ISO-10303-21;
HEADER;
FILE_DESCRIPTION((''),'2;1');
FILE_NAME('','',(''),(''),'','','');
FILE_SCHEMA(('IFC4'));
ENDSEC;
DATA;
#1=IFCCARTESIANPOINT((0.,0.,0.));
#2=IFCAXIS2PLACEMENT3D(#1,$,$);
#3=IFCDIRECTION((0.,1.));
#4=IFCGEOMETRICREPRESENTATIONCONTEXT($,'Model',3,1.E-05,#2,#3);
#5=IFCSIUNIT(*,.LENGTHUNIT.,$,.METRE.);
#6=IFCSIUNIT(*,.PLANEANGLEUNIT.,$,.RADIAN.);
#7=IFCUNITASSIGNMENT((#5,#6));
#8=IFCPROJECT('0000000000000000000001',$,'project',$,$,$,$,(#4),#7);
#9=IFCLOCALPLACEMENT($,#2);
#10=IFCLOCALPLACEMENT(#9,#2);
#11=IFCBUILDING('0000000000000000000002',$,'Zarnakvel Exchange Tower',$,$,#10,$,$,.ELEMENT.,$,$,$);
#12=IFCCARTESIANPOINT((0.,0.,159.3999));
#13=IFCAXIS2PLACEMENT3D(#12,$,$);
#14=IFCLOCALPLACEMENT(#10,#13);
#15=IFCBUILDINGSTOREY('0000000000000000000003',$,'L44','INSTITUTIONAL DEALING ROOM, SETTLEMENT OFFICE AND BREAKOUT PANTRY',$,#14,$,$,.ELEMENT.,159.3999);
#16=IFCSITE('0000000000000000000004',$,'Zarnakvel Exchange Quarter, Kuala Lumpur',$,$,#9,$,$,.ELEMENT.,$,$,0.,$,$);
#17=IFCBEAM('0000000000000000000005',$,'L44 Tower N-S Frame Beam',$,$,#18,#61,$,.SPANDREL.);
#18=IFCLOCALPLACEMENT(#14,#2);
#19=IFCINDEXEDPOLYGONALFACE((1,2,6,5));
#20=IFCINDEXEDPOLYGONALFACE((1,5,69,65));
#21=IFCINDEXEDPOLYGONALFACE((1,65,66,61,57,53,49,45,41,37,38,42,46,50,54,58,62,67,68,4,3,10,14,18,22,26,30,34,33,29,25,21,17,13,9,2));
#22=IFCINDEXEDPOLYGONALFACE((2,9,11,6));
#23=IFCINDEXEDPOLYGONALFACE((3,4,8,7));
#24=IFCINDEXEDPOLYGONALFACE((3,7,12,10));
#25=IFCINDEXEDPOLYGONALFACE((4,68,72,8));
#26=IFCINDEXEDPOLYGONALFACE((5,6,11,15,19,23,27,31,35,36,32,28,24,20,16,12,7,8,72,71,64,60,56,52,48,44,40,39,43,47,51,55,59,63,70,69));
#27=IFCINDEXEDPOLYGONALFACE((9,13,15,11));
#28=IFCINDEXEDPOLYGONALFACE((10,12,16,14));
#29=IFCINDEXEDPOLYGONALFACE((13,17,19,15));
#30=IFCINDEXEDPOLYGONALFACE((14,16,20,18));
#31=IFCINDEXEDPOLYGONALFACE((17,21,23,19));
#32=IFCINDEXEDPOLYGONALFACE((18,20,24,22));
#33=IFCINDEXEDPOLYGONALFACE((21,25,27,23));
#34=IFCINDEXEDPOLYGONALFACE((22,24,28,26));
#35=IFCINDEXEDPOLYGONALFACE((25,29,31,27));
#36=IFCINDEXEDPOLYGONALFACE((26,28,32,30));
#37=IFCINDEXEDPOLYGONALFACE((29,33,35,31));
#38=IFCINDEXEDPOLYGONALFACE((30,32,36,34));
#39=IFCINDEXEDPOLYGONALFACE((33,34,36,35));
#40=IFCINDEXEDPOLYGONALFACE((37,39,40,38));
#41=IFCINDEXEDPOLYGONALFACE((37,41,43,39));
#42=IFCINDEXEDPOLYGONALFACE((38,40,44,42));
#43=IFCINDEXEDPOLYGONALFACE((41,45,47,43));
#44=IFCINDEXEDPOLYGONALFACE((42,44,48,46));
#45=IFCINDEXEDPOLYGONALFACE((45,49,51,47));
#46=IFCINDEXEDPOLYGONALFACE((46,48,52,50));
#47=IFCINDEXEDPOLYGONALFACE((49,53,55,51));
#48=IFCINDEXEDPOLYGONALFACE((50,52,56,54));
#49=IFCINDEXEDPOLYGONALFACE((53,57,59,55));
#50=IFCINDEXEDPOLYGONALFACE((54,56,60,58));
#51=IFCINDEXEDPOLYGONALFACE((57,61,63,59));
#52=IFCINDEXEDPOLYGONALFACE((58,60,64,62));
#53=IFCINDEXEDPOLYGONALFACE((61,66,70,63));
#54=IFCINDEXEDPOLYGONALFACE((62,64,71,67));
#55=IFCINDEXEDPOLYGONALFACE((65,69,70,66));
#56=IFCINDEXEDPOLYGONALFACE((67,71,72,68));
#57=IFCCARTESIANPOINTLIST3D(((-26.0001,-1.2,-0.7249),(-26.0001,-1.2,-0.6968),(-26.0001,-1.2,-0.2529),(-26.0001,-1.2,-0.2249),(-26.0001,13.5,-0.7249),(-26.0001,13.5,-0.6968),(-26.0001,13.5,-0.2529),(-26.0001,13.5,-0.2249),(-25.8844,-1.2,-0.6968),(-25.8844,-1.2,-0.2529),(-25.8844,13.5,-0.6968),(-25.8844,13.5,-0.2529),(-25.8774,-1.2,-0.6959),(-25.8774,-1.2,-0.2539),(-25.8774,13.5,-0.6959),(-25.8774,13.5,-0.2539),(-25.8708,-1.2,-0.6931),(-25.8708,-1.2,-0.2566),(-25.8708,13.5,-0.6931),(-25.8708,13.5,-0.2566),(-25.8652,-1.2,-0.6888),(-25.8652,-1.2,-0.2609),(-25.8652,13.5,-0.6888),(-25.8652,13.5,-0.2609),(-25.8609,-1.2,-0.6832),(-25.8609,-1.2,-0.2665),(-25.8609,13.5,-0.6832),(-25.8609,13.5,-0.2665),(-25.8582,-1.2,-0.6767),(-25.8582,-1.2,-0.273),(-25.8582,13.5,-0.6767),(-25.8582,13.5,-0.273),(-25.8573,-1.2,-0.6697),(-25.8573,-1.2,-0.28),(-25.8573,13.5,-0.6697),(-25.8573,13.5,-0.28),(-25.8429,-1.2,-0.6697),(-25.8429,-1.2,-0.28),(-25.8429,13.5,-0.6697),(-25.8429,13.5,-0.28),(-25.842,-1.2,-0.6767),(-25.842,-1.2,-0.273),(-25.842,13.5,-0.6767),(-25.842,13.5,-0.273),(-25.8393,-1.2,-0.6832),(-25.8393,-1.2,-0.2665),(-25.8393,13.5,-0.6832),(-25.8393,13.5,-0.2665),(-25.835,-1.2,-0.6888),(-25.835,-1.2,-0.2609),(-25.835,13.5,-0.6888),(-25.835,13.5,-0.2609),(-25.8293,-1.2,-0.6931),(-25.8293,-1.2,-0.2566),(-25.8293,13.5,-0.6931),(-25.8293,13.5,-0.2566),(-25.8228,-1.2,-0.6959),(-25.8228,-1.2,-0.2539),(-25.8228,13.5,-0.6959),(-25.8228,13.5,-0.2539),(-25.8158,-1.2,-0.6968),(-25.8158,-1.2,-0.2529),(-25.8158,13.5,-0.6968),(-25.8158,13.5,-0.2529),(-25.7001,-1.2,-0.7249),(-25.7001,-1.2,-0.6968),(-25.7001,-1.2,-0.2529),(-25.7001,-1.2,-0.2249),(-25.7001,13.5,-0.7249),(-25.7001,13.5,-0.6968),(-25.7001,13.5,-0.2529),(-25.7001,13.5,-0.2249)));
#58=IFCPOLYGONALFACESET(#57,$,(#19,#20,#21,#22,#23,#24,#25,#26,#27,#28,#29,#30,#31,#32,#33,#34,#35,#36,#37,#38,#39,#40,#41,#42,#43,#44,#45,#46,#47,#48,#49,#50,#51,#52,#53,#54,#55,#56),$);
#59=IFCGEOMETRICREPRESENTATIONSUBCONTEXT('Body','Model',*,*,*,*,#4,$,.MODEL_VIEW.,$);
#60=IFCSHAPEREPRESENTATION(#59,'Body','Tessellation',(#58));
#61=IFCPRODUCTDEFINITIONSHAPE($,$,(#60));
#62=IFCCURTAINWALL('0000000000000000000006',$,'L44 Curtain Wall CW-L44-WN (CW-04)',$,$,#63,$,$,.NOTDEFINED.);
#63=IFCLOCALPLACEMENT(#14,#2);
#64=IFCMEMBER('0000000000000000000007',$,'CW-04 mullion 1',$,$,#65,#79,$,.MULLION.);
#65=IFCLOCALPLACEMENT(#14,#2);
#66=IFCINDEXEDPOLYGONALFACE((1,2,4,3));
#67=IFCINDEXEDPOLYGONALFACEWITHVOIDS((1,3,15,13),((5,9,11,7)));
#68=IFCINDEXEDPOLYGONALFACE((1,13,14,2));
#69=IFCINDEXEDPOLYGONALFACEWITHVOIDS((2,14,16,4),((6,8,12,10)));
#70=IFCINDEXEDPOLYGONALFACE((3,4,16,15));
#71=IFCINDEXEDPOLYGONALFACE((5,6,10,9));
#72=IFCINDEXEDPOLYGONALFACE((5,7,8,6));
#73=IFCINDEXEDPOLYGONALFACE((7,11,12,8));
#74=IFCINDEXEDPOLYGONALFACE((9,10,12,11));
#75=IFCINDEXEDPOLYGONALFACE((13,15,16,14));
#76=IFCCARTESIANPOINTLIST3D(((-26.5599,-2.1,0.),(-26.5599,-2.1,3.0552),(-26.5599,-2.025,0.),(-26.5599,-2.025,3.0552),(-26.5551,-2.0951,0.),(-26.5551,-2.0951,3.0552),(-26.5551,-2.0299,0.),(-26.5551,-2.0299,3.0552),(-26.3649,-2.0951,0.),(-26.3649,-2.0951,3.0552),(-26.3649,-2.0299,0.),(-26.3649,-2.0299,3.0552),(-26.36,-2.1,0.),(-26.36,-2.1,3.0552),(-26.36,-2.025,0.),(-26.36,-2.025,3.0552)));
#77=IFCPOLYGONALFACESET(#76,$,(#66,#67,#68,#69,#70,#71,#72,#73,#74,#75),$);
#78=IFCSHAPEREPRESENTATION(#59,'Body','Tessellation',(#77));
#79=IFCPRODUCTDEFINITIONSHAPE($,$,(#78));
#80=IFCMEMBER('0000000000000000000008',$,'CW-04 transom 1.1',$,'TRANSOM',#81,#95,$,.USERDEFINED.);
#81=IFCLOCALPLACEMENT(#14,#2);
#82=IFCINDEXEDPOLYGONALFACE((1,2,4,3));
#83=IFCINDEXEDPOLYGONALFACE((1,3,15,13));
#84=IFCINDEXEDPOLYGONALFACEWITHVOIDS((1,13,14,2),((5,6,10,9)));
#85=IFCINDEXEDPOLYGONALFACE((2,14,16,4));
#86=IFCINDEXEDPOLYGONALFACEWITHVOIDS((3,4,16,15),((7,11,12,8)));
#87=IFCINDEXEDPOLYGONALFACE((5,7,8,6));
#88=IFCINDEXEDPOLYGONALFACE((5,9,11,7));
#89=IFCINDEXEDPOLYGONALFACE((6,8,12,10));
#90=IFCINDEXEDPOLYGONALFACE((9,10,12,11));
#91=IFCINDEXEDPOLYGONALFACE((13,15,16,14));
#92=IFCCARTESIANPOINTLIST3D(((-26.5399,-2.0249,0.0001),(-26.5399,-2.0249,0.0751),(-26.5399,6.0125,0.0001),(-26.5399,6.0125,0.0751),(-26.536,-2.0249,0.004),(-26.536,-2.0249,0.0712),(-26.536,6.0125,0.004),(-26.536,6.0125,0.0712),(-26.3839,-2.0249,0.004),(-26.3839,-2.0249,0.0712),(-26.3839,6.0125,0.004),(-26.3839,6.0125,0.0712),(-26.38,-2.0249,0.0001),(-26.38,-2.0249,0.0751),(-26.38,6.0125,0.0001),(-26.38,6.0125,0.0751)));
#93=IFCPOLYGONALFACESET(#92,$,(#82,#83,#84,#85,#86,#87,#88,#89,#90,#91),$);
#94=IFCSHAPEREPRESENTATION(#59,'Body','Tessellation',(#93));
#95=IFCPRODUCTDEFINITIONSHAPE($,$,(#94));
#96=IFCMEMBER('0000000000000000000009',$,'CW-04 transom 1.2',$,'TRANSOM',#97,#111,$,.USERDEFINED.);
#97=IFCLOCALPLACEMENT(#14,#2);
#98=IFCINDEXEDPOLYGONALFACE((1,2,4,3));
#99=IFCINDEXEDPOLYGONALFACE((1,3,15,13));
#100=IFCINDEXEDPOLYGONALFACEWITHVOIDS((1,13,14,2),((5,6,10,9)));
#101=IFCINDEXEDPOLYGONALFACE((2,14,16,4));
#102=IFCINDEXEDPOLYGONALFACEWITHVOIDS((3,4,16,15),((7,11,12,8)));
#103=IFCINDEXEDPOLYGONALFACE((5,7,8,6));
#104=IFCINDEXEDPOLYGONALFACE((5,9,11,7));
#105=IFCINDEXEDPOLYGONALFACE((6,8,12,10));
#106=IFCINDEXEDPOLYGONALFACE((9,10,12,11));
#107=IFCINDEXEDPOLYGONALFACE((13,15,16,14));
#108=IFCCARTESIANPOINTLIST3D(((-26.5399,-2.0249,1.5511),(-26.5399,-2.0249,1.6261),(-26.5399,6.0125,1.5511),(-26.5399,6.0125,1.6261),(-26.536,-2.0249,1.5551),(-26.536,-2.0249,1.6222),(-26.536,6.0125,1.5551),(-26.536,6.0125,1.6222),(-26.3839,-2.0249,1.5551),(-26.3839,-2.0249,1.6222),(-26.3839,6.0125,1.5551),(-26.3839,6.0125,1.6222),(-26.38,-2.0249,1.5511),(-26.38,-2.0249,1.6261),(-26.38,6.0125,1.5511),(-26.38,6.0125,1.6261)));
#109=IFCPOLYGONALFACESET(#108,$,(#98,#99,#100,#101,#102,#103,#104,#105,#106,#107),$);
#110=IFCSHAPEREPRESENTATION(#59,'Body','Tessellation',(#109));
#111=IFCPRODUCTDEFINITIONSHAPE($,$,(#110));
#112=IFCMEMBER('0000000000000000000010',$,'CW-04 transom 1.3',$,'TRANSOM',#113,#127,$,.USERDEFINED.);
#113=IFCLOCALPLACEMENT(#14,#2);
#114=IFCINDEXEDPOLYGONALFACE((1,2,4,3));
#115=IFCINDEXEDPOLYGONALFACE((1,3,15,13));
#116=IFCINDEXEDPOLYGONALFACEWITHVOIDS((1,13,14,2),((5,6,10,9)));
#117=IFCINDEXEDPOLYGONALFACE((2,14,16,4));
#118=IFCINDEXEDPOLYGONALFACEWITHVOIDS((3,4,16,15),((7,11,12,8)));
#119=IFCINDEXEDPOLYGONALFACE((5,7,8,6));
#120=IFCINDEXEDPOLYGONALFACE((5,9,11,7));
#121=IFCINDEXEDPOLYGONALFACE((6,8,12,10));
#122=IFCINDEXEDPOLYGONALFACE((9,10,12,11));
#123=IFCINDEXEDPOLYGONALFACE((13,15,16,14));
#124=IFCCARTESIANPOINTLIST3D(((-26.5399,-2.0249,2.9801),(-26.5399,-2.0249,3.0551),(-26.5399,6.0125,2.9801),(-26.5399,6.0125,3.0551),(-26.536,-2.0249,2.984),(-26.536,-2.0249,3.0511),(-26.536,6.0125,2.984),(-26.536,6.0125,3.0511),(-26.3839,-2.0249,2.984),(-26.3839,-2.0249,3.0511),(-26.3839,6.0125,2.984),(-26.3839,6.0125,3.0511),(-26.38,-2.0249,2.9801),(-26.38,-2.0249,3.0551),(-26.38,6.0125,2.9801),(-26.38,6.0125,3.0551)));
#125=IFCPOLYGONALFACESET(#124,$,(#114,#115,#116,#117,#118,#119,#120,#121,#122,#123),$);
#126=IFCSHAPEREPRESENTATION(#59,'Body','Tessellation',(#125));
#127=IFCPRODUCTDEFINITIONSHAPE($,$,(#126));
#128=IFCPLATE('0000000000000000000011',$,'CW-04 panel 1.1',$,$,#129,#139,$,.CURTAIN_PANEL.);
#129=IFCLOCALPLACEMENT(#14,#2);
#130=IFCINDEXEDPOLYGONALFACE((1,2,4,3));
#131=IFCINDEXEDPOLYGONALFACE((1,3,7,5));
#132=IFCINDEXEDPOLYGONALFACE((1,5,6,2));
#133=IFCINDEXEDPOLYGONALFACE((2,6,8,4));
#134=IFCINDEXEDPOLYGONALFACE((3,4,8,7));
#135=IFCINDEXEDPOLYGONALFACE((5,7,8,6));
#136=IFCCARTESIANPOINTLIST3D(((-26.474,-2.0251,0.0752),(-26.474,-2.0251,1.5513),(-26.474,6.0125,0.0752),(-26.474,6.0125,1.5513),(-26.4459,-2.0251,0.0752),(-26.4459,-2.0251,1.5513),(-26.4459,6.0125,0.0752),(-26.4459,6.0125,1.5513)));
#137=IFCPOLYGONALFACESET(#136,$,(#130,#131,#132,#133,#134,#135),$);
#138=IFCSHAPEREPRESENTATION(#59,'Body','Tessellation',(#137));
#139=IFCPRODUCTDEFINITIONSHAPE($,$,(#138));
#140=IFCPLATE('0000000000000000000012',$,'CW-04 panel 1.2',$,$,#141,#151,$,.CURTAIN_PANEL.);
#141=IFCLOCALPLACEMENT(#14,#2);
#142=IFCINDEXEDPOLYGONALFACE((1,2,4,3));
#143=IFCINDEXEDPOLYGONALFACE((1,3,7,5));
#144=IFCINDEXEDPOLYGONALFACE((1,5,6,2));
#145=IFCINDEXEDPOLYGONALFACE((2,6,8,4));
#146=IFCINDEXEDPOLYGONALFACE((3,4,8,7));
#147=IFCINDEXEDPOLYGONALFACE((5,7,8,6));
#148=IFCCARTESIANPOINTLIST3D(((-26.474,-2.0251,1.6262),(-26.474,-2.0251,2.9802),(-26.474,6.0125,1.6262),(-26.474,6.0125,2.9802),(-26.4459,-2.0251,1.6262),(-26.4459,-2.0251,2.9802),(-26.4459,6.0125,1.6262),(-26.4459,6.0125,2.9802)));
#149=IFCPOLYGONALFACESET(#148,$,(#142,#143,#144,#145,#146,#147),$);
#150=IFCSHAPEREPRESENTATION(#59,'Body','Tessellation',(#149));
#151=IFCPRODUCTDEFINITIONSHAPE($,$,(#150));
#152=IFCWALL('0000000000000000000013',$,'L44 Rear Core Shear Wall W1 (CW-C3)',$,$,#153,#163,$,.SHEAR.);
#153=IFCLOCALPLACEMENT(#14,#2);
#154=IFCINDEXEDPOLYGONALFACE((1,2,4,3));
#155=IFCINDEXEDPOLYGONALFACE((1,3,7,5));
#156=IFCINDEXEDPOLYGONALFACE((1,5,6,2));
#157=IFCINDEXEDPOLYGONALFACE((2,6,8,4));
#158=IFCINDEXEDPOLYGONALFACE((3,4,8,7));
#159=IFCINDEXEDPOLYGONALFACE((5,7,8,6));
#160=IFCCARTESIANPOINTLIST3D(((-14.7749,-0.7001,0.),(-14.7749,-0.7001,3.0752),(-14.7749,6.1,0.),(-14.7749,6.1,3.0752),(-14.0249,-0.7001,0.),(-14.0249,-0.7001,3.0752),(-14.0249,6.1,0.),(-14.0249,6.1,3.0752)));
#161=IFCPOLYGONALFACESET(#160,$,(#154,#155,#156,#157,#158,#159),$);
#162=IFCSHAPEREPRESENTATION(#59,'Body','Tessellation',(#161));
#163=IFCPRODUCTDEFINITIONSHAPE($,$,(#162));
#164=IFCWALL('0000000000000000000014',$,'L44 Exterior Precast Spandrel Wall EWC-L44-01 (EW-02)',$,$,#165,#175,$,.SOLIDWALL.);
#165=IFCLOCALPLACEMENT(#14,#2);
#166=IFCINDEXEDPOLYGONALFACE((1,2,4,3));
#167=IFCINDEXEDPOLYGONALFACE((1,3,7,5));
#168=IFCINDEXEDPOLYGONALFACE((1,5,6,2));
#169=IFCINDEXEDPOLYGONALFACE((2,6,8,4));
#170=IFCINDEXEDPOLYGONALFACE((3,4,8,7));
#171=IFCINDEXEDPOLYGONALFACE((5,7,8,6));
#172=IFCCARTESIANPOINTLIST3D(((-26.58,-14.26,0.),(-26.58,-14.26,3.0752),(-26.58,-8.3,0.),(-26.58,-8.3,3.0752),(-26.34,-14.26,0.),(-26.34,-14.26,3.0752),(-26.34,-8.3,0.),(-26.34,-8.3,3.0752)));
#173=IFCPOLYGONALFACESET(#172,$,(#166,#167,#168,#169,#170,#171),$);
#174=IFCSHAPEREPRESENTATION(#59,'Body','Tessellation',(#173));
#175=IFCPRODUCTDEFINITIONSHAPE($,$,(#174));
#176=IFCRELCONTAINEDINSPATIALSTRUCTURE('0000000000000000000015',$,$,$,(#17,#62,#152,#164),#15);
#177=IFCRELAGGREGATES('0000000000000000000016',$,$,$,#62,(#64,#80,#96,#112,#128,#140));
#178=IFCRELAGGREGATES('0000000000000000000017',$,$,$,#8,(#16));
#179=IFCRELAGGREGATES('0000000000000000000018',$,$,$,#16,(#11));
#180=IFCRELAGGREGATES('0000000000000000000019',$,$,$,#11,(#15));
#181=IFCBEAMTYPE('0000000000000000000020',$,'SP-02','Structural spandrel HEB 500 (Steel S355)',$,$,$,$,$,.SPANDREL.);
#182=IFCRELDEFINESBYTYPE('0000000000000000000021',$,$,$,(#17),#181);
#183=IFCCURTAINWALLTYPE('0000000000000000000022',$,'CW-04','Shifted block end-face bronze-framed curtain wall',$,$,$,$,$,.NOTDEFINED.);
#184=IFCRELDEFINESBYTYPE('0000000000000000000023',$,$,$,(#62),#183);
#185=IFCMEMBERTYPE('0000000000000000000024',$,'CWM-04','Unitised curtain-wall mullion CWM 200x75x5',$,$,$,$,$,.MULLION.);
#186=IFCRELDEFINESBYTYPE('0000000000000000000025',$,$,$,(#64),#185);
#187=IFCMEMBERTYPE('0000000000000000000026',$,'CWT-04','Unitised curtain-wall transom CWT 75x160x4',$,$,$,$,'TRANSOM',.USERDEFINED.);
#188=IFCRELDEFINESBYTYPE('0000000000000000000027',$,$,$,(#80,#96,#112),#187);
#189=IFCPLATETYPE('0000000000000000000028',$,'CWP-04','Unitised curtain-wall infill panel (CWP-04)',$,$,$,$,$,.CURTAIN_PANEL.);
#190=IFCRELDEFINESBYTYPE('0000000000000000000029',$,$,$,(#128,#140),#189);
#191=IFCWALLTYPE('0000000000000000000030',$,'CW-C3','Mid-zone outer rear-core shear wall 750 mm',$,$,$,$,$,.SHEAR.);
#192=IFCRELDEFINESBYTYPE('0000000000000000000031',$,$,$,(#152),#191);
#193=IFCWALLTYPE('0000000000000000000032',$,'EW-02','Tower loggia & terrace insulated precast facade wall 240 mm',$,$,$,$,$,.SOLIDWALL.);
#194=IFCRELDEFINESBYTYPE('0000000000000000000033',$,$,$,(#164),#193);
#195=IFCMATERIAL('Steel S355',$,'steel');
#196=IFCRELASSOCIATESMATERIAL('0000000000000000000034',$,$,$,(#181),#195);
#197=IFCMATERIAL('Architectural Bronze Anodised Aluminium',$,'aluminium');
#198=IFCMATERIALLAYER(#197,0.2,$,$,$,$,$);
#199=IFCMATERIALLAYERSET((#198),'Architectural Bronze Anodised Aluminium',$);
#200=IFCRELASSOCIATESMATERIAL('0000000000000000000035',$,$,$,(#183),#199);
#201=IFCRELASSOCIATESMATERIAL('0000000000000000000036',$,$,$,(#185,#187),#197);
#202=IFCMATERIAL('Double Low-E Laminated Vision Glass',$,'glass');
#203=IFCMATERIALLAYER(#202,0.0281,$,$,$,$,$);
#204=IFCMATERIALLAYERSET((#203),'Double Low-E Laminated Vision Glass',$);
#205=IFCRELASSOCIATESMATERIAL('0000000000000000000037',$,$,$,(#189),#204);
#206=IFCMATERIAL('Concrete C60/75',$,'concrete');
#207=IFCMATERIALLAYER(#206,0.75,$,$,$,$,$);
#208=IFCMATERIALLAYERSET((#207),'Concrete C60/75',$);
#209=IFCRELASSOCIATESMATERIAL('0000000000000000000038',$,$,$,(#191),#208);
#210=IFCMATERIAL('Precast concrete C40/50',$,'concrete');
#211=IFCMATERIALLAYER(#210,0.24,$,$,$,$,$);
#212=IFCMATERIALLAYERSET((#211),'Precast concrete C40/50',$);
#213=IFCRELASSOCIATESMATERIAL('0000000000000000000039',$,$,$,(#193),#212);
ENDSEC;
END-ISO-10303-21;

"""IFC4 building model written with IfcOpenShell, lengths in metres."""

from ifc_helpers import new_model, si_unit, direction, frame, frame_2d, origin, origin_2d, place, context, subcontext, project, spatial, rectangle, hollow_rectangle, i_section, extrude, source, transform, mapped, material, layer, layer_set, material_profile, profile_set, type_object, element, aggregate, save


model = new_model("IFC4")

# Units and contexts
model_context = context("Model", 3, precision=1e-05, world=origin(), true_north=direction((0.0, 1.0)))
body_context = subcontext(model_context, "Body", "Model", "MODEL_VIEW")
ifc_project = project(units=[si_unit("LENGTHUNIT", "METRE"), si_unit("PLANEANGLEUNIT", "RADIAN")], contexts=[model_context])

# Site, building, storey
site_placement = place(None, origin())
site = spatial("IfcSite", under=ifc_project, at=site_placement, Name="Zarnakvel Exchange Quarter, Kuala Lumpur", CompositionType="ELEMENT", RefElevation=0.0)
building_placement = place(site_placement, origin())
building = spatial("IfcBuilding", under=site, at=building_placement, Name="Zarnakvel Exchange Tower", CompositionType="ELEMENT")
storey_placement = place(building_placement, frame((0.0, 0.0, 159.3999)))
storey = spatial("IfcBuildingStorey", under=building, at=storey_placement, Name="L44", Description="INSTITUTIONAL DEALING ROOM, SETTLEMENT OFFICE AND BREAKOUT PANTRY", CompositionType="ELEMENT", Elevation=159.3999)

# Shared definitions
ifc_material_1 = material(Name="Concrete C60/75", Category="concrete")
ifc_material_2 = material(Name="Steel S355", Category="steel")

# Beam
ifc_material_profile_1 = material_profile(ifc_material_2, i_section(OverallWidth=0.3, OverallDepth=0.5, WebThickness=0.0144, FlangeThickness=0.0281, FilletRadius=0.0271, at=origin_2d()))
ifc_profile_set_1 = profile_set([ifc_material_profile_1], Name="Steel S355")
beam_type_1 = type_object("IfcBeamType", Name="SP-02", Description="Structural spandrel HEB 500 (Steel S355)", PredefinedType="SPANDREL", material=ifc_profile_set_1)
beam_1_placement = place(storey_placement, frame((-25.8501, -1.2, -0.4749), z_axis=(0.0, 1.0, 0.0), x_axis=(-1.0, 0.0, 0.0)))
element("IfcBeam", 1, at=beam_1_placement, inside=storey, type_object=beam_type_1, Name="L44 Tower N-S Frame Beam", PredefinedType="SPANDREL", context=body_context, shape_type="SweptSolid", body=[
    extrude(i_section(OverallWidth=0.3, OverallDepth=0.5, WebThickness=0.0144, FlangeThickness=0.0281, FilletRadius=0.0271, at=origin_2d()), origin(), (0.0, 0.0, 1.0), 14.7),
])

# Curtain wall, members, plates
ifc_material_3 = material(Name="Architectural Bronze Anodised Aluminium", Category="aluminium")
ifc_layer_1 = layer(ifc_material_3, 0.2)
ifc_layer_set_1 = layer_set([ifc_layer_1], Name="Architectural Bronze Anodised Aluminium")
curtain_wall_type = type_object("IfcCurtainWallType", Name="CW-04", Description="Shifted block end-face bronze-framed curtain wall", PredefinedType="NOTDEFINED", material=ifc_layer_set_1)
curtain_wall_placement = place(storey_placement, origin())
curtain_wall = element("IfcCurtainWall", 2, at=curtain_wall_placement, inside=storey, type_object=curtain_wall_type, Name="L44 Curtain Wall CW-L44-WN (CW-04)", PredefinedType="NOTDEFINED")
ifc_material_profile_2 = material_profile(ifc_material_3, hollow_rectangle(XDim=0.2, YDim=0.075, WallThickness=0.0049, at=origin_2d()))
ifc_profile_set_2 = profile_set([ifc_material_profile_2], Name="Architectural Bronze Anodised Aluminium")
member_type_1 = type_object("IfcMemberType", Name="CWM-04", Description="Unitised curtain-wall mullion CWM 200x75x5", PredefinedType="MULLION", material=ifc_profile_set_2)
shared_shape_1 = source(origin(), body_context, "Body", "SweptSolid", [
    extrude(hollow_rectangle(XDim=0.2, YDim=0.075, WallThickness=0.0049, at=origin_2d()), origin(), (0.0, 0.0, 1.0), 3.0552),
])
member_1_placement = place(storey_placement, frame((-26.46, -2.0625, 0.0), z_axis=(0.0, 0.0, 1.0), x_axis=(-1.0, 0.0, 0.0)))
member_1 = element("IfcMember", 3, at=member_1_placement, type_object=member_type_1, Name="CW-04 mullion 1", PredefinedType="MULLION", context=body_context, shape_type="MappedRepresentation", body=[
    mapped(shared_shape_1, transform((0.0, 0.0, 0.0), x_axis=(1.0, 0.0, 0.0), y_axis=(0.0, 1.0, 0.0), z_axis=(0.0, 0.0, 1.0), scale=1.0)),
])
ifc_material_profile_3 = material_profile(ifc_material_3, hollow_rectangle(XDim=0.1599, YDim=0.075, WallThickness=0.0039, at=origin_2d()))
ifc_profile_set_3 = profile_set([ifc_material_profile_3], Name="Architectural Bronze Anodised Aluminium")
member_type_2 = type_object("IfcMemberType", Name="CWT-04", Description="Unitised curtain-wall transom CWT 75x160x4", ElementType="TRANSOM", PredefinedType="USERDEFINED", material=ifc_profile_set_3)
shared_shape_2 = source(origin(), body_context, "Body", "SweptSolid", [
    extrude(hollow_rectangle(XDim=0.1599, YDim=0.075, WallThickness=0.0039, at=origin_2d()), origin(), (0.0, 0.0, 1.0), 8.0374),
])
member_2_placement = place(storey_placement, frame((-26.46, -2.0249, 0.0376), z_axis=(0.0, 1.0, 0.0), x_axis=(-1.0, 0.0, 0.0)))
member_2 = element("IfcMember", 4, at=member_2_placement, type_object=member_type_2, Name="CW-04 transom 1.1", ObjectType="TRANSOM", PredefinedType="USERDEFINED", context=body_context, shape_type="MappedRepresentation", body=[
    mapped(shared_shape_2, transform((0.0, 0.0, 0.0), x_axis=(1.0, 0.0, 0.0), y_axis=(0.0, 1.0, 0.0), z_axis=(0.0, 0.0, 1.0), scale=1.0)),
])
member_3_placement = place(storey_placement, frame((-26.46, -2.0249, 1.5886), z_axis=(0.0, 1.0, 0.0), x_axis=(-1.0, 0.0, 0.0)))
member_3 = element("IfcMember", 5, at=member_3_placement, type_object=member_type_2, Name="CW-04 transom 1.2", ObjectType="TRANSOM", PredefinedType="USERDEFINED", context=body_context, shape_type="MappedRepresentation", body=[
    mapped(shared_shape_2, transform((0.0, 0.0, 0.0), x_axis=(1.0, 0.0, 0.0), y_axis=(0.0, 1.0, 0.0), z_axis=(0.0, 0.0, 1.0), scale=1.0)),
])
member_4_placement = place(storey_placement, frame((-26.46, -2.0249, 3.0176), z_axis=(0.0, 1.0, 0.0), x_axis=(-1.0, 0.0, 0.0)))
member_4 = element("IfcMember", 6, at=member_4_placement, type_object=member_type_2, Name="CW-04 transom 1.3", ObjectType="TRANSOM", PredefinedType="USERDEFINED", context=body_context, shape_type="MappedRepresentation", body=[
    mapped(shared_shape_2, transform((0.0, 0.0, 0.0), x_axis=(1.0, 0.0, 0.0), y_axis=(0.0, 1.0, 0.0), z_axis=(0.0, 0.0, 1.0), scale=1.0)),
])
ifc_material_4 = material(Name="Double Low-E Laminated Vision Glass", Category="glass")
ifc_layer_2 = layer(ifc_material_4, 0.0281)
ifc_layer_set_2 = layer_set([ifc_layer_2], Name="Double Low-E Laminated Vision Glass")
plate_type = type_object("IfcPlateType", Name="CWP-04", Description="Unitised curtain-wall infill panel (CWP-04)", PredefinedType="CURTAIN_PANEL", material=ifc_layer_set_2)
shared_shape_3 = source(origin(), body_context, "Body", "SweptSolid", [
    extrude(rectangle(XDim=8.0376, YDim=0.0281, at=origin_2d()), origin(), (0.0, 0.0, 1.0), 1.4761),
])
plate_1_placement = place(storey_placement, frame((-26.46, 1.9937, 0.0752), z_axis=(0.0, 0.0, 1.0), x_axis=(0.0, 1.0, 0.0)))
plate_1 = element("IfcPlate", 7, at=plate_1_placement, type_object=plate_type, Name="CW-04 panel 1.1", PredefinedType="CURTAIN_PANEL", context=body_context, shape_type="MappedRepresentation", body=[
    mapped(shared_shape_3, transform((0.0, 0.0, 0.0), x_axis=(1.0, 0.0, 0.0), y_axis=(0.0, 1.0, 0.0), z_axis=(0.0, 0.0, 1.0), scale=1.0)),
])
shared_shape_4 = source(origin(), body_context, "Body", "SweptSolid", [
    extrude(rectangle(XDim=8.0376, YDim=0.0281, at=origin_2d()), origin(), (0.0, 0.0, 1.0), 1.354),
])
plate_2_placement = place(storey_placement, frame((-26.46, 1.9937, 1.6262), z_axis=(0.0, 0.0, 1.0), x_axis=(0.0, 1.0, 0.0)))
plate_2 = element("IfcPlate", 8, at=plate_2_placement, type_object=plate_type, Name="CW-04 panel 1.2", PredefinedType="CURTAIN_PANEL", context=body_context, shape_type="MappedRepresentation", body=[
    mapped(shared_shape_4, transform((0.0, 0.0, 0.0), x_axis=(1.0, 0.0, 0.0), y_axis=(0.0, 1.0, 0.0), z_axis=(0.0, 0.0, 1.0), scale=1.0)),
])
aggregate(curtain_wall, [member_1, member_2, member_3, member_4, plate_1, plate_2])

# Walls
ifc_layer_3 = layer(ifc_material_1, 0.75)
ifc_layer_set_3 = layer_set([ifc_layer_3], Name="Concrete C60/75")
wall_type_1 = type_object("IfcWallType", Name="CW-C3", Description="Mid-zone outer rear-core shear wall 750 mm", PredefinedType="SHEAR", material=ifc_layer_set_3)
wall_1_placement = place(storey_placement, frame((-14.3999, -0.7, 0.0), z_axis=(0.0, 0.0, 1.0), x_axis=(0.0, 1.0, 0.0)))
element("IfcWall", 9, at=wall_1_placement, inside=storey, type_object=wall_type_1, Name="L44 Rear Core Shear Wall W1 (CW-C3)", PredefinedType="SHEAR", context=body_context, shape_type="SweptSolid", body=[
    extrude(rectangle(XDim=6.8, YDim=0.75, at=frame_2d((3.3999, 0.0))), origin(), (0.0, 0.0, 1.0), 3.0752),
])
ifc_material_5 = material(Name="Precast concrete C40/50", Category="concrete")
ifc_layer_4 = layer(ifc_material_5, 0.24)
ifc_layer_set_4 = layer_set([ifc_layer_4], Name="Precast concrete C40/50")
wall_type_2 = type_object("IfcWallType", Name="EW-02", Description="Tower loggia & terrace insulated precast facade wall 240 mm", PredefinedType="SOLIDWALL", material=ifc_layer_set_4)
wall_2_placement = place(storey_placement, frame((-26.46, -8.3, 0.0), z_axis=(0.0, 0.0, 1.0), x_axis=(0.0, -1.0, 0.0)))
element("IfcWall", 10, at=wall_2_placement, inside=storey, type_object=wall_type_2, Name="L44 Exterior Precast Spandrel Wall EWC-L44-01 (EW-02)", PredefinedType="SOLIDWALL", context=body_context, shape_type="SweptSolid", body=[
    extrude(rectangle(XDim=5.96, YDim=0.24, at=frame_2d((2.98, 0.0))), origin(), (0.0, 0.0, 1.0), 3.0752),
])

save(model, "model.ifc")
